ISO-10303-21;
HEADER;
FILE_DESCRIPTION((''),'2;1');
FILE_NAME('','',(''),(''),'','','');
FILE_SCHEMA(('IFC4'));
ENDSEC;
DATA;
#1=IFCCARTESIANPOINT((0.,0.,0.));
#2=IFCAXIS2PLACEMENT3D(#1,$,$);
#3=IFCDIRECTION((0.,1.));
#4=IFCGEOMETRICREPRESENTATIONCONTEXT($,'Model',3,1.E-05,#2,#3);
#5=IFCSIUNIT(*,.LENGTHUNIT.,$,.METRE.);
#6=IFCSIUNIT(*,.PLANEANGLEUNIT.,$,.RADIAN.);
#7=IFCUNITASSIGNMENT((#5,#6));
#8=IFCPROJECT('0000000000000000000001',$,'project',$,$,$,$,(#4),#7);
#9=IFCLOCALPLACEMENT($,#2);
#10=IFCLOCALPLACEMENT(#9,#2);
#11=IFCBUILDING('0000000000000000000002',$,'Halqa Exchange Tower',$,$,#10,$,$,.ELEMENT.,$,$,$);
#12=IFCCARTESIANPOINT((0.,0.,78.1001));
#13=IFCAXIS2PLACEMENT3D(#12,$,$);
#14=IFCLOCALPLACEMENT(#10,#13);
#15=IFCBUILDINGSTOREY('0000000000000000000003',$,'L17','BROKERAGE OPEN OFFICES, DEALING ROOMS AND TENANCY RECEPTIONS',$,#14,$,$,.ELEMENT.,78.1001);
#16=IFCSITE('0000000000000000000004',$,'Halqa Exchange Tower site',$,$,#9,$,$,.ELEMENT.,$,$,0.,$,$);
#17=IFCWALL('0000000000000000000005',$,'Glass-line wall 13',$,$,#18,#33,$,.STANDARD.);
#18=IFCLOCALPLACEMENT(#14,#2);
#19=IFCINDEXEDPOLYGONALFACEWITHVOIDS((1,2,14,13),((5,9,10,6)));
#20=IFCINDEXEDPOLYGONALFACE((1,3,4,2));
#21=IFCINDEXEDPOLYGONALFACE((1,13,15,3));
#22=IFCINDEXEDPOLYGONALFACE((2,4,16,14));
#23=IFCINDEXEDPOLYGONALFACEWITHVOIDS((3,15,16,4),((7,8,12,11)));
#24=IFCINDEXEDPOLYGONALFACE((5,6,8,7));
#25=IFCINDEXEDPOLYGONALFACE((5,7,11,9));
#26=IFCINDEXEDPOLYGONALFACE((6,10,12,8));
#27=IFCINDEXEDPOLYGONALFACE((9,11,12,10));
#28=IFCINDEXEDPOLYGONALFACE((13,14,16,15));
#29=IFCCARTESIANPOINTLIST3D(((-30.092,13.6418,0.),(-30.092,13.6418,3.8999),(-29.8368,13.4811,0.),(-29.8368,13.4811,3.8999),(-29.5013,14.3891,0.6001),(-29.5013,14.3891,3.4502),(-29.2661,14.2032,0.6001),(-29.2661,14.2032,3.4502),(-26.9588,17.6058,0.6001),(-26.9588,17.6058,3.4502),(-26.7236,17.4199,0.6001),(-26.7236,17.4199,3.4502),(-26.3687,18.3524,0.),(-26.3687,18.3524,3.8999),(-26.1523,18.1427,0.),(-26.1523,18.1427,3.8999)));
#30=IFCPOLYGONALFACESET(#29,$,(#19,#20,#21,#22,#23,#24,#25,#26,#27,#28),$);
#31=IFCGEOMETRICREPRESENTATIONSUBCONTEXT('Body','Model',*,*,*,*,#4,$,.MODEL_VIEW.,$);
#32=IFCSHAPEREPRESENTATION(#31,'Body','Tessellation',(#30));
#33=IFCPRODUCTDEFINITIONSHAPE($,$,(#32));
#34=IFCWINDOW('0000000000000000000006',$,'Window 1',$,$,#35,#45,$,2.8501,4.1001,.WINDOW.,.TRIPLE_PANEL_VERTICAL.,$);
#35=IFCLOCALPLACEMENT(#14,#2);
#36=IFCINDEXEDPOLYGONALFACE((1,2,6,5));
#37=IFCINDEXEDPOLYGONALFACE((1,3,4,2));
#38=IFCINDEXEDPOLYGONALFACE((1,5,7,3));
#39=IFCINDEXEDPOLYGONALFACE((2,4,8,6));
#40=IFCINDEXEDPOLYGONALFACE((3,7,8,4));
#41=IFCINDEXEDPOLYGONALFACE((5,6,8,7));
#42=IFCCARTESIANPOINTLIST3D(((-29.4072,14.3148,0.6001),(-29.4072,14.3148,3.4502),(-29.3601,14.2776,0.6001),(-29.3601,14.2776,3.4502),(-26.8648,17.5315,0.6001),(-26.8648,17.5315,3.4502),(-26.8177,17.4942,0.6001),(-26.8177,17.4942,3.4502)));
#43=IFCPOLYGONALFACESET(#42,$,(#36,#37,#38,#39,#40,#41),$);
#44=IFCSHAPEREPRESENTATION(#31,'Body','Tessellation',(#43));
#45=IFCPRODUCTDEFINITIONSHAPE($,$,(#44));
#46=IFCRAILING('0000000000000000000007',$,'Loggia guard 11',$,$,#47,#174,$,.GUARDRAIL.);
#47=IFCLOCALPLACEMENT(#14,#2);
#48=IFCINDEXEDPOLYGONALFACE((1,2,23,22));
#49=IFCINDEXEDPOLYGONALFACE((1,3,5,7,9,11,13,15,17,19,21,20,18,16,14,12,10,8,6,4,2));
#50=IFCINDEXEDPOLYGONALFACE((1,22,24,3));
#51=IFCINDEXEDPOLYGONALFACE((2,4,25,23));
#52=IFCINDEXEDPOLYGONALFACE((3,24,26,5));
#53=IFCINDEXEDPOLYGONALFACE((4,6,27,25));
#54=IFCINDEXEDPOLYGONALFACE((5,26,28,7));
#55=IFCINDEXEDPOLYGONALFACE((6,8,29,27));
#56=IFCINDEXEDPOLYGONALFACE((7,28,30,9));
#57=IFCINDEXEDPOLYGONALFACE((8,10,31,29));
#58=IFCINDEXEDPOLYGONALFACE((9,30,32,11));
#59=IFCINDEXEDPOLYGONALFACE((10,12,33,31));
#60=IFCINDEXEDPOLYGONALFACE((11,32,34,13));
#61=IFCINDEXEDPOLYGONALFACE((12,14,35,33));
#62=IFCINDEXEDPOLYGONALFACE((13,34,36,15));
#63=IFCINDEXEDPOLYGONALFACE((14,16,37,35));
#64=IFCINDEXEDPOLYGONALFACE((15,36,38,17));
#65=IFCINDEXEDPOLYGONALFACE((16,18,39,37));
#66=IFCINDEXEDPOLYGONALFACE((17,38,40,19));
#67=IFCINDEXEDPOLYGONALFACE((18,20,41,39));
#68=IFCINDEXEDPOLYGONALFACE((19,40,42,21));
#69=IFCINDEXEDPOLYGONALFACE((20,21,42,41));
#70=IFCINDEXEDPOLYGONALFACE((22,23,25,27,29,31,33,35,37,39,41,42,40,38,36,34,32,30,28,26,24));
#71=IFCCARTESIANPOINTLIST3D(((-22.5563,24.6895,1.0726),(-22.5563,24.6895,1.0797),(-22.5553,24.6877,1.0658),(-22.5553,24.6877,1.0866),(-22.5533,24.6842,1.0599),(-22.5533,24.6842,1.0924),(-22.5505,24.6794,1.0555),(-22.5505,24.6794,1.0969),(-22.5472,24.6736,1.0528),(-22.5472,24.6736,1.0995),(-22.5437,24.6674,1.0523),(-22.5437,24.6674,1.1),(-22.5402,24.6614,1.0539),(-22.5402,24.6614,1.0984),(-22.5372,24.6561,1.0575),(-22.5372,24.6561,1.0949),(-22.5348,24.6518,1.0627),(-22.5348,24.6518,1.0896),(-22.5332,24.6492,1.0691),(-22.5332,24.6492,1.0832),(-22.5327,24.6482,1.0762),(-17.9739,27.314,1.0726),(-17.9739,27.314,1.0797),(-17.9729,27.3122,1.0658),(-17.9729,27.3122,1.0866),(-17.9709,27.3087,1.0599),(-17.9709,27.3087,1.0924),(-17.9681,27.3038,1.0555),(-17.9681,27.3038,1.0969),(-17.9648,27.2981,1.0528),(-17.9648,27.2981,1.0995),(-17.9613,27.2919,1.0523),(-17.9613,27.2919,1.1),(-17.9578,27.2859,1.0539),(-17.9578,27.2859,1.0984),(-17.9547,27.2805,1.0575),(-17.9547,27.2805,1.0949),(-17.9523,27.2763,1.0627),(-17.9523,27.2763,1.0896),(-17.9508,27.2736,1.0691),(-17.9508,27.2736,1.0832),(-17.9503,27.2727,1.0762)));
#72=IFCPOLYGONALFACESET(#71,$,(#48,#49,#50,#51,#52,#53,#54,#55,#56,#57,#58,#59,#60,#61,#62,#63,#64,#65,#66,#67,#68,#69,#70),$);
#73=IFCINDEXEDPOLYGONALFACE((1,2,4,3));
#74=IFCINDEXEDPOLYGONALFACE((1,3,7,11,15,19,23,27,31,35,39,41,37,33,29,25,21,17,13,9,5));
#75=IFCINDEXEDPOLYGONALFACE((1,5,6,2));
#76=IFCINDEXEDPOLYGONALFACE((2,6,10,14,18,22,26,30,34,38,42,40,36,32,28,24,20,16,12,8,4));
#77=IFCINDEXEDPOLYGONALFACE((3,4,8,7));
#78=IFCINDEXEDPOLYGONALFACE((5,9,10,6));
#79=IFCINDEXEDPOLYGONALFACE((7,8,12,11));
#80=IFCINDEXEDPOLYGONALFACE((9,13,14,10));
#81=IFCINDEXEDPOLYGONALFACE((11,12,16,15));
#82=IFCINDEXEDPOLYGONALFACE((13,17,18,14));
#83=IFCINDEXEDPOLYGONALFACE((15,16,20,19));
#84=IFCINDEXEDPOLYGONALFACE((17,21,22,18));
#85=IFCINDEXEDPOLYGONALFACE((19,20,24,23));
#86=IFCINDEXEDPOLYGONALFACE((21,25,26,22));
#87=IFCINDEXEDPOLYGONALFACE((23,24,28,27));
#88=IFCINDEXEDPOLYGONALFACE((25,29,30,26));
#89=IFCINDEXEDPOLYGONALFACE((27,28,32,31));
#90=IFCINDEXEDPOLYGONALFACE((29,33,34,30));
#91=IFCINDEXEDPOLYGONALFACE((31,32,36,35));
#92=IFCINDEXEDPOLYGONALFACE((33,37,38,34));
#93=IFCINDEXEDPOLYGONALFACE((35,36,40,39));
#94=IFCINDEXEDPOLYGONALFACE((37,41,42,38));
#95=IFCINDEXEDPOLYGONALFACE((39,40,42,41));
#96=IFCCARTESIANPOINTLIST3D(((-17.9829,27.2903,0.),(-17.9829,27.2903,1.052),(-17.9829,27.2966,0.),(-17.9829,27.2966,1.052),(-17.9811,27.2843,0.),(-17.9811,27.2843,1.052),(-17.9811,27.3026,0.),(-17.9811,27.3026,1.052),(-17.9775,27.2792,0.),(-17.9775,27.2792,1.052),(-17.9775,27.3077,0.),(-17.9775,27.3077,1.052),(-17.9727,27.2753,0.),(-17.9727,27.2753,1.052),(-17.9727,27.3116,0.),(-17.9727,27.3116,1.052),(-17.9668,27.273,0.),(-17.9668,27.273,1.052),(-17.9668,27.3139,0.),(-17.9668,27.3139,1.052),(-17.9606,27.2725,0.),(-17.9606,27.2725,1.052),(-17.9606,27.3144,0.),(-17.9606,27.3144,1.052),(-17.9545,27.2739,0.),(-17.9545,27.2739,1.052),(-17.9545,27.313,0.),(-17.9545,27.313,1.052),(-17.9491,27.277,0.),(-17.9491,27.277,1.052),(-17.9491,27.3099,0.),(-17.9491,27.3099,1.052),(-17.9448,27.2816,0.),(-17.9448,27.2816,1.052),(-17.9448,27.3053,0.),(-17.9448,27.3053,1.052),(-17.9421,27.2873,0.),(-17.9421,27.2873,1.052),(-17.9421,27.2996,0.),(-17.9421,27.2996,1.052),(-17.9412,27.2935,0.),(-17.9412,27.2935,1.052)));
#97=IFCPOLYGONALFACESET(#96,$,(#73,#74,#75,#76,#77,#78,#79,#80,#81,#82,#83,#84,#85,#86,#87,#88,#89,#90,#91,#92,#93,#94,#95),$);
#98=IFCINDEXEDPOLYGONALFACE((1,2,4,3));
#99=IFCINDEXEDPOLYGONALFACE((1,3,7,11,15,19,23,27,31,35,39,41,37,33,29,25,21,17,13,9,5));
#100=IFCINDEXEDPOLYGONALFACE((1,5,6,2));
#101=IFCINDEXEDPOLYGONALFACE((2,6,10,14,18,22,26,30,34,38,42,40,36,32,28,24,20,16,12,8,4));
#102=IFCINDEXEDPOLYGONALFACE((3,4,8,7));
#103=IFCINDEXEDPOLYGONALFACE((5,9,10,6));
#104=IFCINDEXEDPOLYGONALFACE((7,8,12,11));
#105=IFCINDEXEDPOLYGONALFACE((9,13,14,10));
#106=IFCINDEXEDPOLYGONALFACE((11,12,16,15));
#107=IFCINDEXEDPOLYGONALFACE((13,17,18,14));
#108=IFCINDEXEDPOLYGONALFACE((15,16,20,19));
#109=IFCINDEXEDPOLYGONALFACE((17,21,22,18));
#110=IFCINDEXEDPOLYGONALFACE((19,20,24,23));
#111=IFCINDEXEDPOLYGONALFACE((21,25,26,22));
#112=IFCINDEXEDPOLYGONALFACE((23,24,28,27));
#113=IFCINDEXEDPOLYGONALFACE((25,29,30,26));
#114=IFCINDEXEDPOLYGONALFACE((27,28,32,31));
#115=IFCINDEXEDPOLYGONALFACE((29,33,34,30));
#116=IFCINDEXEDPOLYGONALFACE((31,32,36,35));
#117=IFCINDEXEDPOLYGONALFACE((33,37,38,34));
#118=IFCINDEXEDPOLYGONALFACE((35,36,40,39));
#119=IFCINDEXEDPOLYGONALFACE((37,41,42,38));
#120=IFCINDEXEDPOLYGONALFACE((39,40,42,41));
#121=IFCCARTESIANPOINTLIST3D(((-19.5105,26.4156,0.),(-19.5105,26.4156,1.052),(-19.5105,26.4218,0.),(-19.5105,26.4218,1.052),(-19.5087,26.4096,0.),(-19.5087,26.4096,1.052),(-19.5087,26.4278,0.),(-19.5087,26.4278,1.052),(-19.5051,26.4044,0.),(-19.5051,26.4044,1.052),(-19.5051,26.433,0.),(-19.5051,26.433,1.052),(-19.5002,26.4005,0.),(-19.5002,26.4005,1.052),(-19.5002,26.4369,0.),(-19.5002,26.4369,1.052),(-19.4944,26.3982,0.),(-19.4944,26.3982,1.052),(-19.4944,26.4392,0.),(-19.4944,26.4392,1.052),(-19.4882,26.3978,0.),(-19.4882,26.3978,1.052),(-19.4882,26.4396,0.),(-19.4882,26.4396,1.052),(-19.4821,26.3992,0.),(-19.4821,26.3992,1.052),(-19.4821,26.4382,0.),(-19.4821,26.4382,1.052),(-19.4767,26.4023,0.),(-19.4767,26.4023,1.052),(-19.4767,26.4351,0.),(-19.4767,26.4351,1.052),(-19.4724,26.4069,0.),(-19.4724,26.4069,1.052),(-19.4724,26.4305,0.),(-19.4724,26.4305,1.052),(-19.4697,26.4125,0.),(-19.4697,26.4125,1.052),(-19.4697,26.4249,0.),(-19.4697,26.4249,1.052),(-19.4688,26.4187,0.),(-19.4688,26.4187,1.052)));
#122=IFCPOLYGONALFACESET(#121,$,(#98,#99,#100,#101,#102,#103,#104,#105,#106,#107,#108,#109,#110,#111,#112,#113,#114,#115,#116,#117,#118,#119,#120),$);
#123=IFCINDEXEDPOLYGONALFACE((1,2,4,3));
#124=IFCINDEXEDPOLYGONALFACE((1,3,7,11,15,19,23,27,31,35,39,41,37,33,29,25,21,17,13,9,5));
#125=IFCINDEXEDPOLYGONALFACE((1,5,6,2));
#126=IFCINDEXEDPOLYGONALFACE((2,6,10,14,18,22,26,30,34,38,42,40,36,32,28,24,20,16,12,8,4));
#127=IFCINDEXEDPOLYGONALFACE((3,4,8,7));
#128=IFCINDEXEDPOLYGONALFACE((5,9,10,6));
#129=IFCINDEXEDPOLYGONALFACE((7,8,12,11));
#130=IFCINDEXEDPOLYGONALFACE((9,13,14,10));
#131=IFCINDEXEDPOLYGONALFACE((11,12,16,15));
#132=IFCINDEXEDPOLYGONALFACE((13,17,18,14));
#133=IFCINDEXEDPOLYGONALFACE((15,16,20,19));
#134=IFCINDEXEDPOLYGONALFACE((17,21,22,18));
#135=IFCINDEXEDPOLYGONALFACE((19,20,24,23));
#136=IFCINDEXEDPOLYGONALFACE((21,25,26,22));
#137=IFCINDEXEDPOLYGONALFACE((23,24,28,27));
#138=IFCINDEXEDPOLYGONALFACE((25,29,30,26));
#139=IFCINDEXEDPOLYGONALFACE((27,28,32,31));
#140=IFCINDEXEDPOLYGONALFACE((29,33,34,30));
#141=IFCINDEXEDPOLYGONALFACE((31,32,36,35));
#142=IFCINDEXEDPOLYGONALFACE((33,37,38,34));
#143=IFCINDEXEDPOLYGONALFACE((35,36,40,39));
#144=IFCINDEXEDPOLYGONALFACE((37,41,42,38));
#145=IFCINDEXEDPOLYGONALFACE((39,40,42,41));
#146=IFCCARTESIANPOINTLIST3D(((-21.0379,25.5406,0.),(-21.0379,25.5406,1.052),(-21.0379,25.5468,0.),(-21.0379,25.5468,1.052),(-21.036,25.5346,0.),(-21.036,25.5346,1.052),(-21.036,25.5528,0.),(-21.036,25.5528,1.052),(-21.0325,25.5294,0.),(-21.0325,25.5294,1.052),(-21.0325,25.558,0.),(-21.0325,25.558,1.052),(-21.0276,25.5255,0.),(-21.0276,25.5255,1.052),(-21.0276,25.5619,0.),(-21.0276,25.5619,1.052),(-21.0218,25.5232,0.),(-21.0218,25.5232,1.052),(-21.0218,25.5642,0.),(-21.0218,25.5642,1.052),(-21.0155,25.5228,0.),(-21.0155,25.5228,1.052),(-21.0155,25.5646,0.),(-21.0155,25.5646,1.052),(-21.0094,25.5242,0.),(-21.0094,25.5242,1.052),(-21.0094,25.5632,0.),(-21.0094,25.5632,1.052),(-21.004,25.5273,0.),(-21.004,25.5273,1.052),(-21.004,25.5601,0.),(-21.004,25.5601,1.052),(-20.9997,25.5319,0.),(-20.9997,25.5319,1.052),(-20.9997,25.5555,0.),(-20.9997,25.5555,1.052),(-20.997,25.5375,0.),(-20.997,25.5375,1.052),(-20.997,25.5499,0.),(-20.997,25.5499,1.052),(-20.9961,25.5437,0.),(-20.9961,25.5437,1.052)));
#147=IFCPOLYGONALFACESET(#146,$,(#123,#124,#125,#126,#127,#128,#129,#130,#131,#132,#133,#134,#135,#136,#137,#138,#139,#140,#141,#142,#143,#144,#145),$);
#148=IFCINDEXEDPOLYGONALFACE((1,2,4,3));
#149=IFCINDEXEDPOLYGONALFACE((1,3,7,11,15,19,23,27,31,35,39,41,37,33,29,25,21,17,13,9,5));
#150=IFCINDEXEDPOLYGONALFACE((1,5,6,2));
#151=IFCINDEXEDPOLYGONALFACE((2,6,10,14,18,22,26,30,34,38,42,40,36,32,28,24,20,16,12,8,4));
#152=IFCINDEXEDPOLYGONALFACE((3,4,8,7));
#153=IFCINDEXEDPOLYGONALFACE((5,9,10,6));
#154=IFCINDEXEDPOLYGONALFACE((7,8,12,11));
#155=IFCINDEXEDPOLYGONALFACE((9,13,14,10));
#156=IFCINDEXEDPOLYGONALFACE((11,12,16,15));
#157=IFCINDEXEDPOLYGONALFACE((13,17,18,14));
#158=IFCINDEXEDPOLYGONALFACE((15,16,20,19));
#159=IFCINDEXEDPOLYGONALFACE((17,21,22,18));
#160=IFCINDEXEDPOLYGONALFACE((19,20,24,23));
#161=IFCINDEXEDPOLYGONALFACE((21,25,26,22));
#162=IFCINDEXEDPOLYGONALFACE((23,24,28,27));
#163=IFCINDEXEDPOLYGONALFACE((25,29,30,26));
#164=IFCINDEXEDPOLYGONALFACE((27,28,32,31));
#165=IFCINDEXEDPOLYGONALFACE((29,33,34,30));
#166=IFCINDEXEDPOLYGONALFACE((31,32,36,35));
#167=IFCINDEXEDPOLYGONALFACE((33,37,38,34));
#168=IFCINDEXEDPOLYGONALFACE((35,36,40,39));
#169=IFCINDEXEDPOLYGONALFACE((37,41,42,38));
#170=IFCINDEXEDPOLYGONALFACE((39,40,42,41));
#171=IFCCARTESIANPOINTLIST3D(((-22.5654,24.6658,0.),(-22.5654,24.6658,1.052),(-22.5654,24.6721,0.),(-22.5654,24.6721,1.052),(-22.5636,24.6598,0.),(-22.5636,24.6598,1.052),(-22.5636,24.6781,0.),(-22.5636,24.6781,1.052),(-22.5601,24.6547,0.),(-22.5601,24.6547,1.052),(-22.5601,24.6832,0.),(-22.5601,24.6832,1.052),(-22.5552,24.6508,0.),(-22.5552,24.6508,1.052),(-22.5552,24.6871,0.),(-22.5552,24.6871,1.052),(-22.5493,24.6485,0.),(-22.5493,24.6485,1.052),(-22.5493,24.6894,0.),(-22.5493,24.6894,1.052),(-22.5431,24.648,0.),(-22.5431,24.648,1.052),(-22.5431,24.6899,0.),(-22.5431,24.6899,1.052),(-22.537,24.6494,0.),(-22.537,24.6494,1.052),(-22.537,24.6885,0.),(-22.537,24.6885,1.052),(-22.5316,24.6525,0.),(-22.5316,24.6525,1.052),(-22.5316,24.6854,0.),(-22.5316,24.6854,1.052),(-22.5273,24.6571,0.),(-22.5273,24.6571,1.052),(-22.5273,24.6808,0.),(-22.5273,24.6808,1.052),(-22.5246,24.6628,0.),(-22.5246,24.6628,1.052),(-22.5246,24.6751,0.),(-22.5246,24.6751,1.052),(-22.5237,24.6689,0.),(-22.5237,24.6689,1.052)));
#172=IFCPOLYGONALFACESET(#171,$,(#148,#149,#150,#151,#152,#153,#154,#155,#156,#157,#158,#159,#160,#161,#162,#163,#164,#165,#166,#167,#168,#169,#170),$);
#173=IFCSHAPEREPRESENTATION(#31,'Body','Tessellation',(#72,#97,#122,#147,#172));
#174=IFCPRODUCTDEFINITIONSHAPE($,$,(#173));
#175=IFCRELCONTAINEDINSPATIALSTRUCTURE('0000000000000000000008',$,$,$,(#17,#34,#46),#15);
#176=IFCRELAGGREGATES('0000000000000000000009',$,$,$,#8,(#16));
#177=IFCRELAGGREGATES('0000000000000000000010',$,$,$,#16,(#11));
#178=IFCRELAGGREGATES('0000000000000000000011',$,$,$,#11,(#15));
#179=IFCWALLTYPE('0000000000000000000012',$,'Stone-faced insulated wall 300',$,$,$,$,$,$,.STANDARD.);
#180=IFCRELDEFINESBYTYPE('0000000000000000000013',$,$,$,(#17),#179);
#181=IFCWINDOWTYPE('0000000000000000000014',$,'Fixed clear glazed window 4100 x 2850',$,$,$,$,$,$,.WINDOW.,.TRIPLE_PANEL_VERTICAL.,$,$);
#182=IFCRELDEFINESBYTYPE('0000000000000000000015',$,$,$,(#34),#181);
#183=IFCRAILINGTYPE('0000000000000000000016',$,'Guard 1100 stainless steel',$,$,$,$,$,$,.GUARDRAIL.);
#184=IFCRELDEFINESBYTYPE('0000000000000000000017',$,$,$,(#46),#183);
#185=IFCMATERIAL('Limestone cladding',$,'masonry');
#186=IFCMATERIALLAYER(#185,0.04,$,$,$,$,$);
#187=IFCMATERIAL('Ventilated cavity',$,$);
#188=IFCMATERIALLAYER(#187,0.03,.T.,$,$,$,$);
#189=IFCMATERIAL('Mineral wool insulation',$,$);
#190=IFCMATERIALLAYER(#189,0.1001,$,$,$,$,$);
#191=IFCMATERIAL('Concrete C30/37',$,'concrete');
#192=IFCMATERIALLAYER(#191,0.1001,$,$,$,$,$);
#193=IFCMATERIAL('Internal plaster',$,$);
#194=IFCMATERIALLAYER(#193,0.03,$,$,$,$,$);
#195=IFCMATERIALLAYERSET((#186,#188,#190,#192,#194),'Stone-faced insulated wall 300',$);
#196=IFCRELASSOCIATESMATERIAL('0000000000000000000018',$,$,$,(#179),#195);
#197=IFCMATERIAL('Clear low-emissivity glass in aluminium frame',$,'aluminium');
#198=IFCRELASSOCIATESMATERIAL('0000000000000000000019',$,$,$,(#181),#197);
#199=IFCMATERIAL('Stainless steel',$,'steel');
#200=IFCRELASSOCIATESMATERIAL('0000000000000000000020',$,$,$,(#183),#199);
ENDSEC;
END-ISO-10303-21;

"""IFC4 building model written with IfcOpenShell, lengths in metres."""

from ifc_helpers import new_model, si_unit, direction, frame, frame_2d, origin, origin_2d, place, context, subcontext, project, spatial, polyline, rectangle, circle, outline, extrude, material, layer, layer_set, type_object, element, fill, save


model = new_model("IFC4")

# Units and contexts
model_context = context("Model", 3, precision=1e-05, world=origin(), true_north=direction((0.0, 1.0)))
body_context = subcontext(model_context, "Body", "Model", "MODEL_VIEW")
ifc_project = project(units=[si_unit("LENGTHUNIT", "METRE"), si_unit("PLANEANGLEUNIT", "RADIAN")], contexts=[model_context])

# Site, building, storey
site_placement = place(None, origin())
site = spatial("IfcSite", under=ifc_project, at=site_placement, Name="Halqa Exchange Tower site", CompositionType="ELEMENT", RefElevation=0.0)
building_placement = place(site_placement, origin())
building = spatial("IfcBuilding", under=site, at=building_placement, Name="Halqa Exchange Tower", CompositionType="ELEMENT")
storey_placement = place(building_placement, frame((0.0, 0.0, 78.1001)))
storey = spatial("IfcBuildingStorey", under=building, at=storey_placement, Name="L17", Description="BROKERAGE OPEN OFFICES, DEALING ROOMS AND TENANCY RECEPTIONS", CompositionType="ELEMENT", Elevation=78.1001)

# Shared definitions
ifc_material_1 = material(Name="Limestone cladding", Category="masonry")
ifc_layer_1 = layer(ifc_material_1, 0.04)
ifc_material_2 = material(Name="Ventilated cavity")
ifc_layer_2 = layer(ifc_material_2, 0.03, ventilated=True)
ifc_material_3 = material(Name="Mineral wool insulation")
ifc_layer_3 = layer(ifc_material_3, 0.1001)
ifc_material_4 = material(Name="Concrete C30/37", Category="concrete")
ifc_layer_4 = layer(ifc_material_4, 0.1001)
ifc_material_5 = material(Name="Internal plaster")
ifc_layer_5 = layer(ifc_material_5, 0.03)
ifc_layer_set_1 = layer_set([ifc_layer_1, ifc_layer_2, ifc_layer_3, ifc_layer_4, ifc_layer_5], Name="Stone-faced insulated wall 300")
wall_type_1 = type_object("IfcWallType", Name="Stone-faced insulated wall 300", PredefinedType="STANDARD", material=ifc_layer_set_1)
ifc_material_6 = material(Name="Clear low-emissivity glass in aluminium frame", Category="aluminium")
window_type = type_object("IfcWindowType", Name="Fixed clear glazed window 4100 x 2850", PartitioningType="TRIPLE_PANEL_VERTICAL", PredefinedType="WINDOW", material=ifc_material_6)

# Wall, opening, window
wall_1_placement = place(storey_placement, frame((-26.2605, 18.2476, 0.0), z_axis=(0.0, 0.0, 1.0), x_axis=(-0.620093, -0.784528, 0.0)))
wall_1 = element("IfcWall", 1, at=wall_1_placement, inside=storey, type_object=wall_type_1, Name="Glass-line wall 13", PredefinedType="STANDARD", context=body_context, shape_type="SweptSolid", body=[
    extrude(outline(polyline([(-0.0151, -0.1499), (5.9893, -0.1499), (5.957, 0.1499), (0.0151, 0.1499), (-0.0151, -0.1499)])), origin(), (0.0, 0.0, 1.0), 3.8999),
])
opening_1_placement = place(wall_1_placement, frame((0.9365, 0.0, 0.6001)))
opening_1 = element("IfcOpeningElement", 2, at=opening_1_placement, cuts=wall_1, PredefinedType="OPENING", context=body_context, shape_type="SweptSolid", body=[
    extrude(rectangle(XDim=4.1001, YDim=2.8501, at=frame_2d((2.05, 1.425))), frame((0.0, 0.1621, 0.0), z_axis=(0.0, -1.0, 0.0), x_axis=(1.0, 0.0, 0.0)), (0.0, 0.0, 1.0), 0.324),
])
window_1_placement = place(opening_1_placement, origin())
window_1 = element("IfcWindow", 3, at=window_1_placement, inside=storey, type_object=window_type, Name="Window 1", OverallHeight=2.8501, OverallWidth=4.1001, PartitioningType="TRIPLE_PANEL_VERTICAL", PredefinedType="WINDOW", context=body_context, shape_type="SweptSolid", body=[
    extrude(rectangle(XDim=4.1001, YDim=2.8501, at=frame_2d((2.05, 1.425))), frame((0.0, 0.03, 0.0), z_axis=(0.0, -1.0, 0.0), x_axis=(1.0, 0.0, 0.0)), (0.0, 0.0, 1.0), 0.0601),
])
fill(opening_1, window_1)

# Railing
ifc_material_7 = material(Name="Stainless steel", Category="steel")
railing_type = type_object("IfcRailingType", Name="Guard 1100 stainless steel", PredefinedType="GUARDRAIL", material=ifc_material_7)
railing_1_placement = place(storey_placement, frame((-17.9622, 27.2935, 0.0)))
element("IfcRailing", 4, at=railing_1_placement, inside=storey, type_object=railing_type, Name="Loggia guard 11", PredefinedType="GUARDRAIL", context=body_context, shape_type="SweptSolid", body=[
    extrude(circle(Radius=0.0239, at=origin_2d()), frame((0.0, 0.0, 1.0762), z_axis=(-0.867759, -0.496985, 0.0), x_axis=(0.496985, -0.867759, 0.0)), (0.0, 0.0, 1.0), 5.2808),
    extrude(circle(Radius=0.021, at=origin_2d()), origin(), (0.0, 0.0, 1.0), 1.052),
    extrude(circle(Radius=0.021, at=origin_2d()), frame((-1.5276, -0.8748, 0.0)), (0.0, 0.0, 1.0), 1.052),
    extrude(circle(Radius=0.021, at=origin_2d()), frame((-3.0549, -1.7498, 0.0)), (0.0, 0.0, 1.0), 1.052),
    extrude(circle(Radius=0.021, at=origin_2d()), frame((-4.5825, -2.6245, 0.0)), (0.0, 0.0, 1.0), 1.052),
])

save(model, "model.ifc")
